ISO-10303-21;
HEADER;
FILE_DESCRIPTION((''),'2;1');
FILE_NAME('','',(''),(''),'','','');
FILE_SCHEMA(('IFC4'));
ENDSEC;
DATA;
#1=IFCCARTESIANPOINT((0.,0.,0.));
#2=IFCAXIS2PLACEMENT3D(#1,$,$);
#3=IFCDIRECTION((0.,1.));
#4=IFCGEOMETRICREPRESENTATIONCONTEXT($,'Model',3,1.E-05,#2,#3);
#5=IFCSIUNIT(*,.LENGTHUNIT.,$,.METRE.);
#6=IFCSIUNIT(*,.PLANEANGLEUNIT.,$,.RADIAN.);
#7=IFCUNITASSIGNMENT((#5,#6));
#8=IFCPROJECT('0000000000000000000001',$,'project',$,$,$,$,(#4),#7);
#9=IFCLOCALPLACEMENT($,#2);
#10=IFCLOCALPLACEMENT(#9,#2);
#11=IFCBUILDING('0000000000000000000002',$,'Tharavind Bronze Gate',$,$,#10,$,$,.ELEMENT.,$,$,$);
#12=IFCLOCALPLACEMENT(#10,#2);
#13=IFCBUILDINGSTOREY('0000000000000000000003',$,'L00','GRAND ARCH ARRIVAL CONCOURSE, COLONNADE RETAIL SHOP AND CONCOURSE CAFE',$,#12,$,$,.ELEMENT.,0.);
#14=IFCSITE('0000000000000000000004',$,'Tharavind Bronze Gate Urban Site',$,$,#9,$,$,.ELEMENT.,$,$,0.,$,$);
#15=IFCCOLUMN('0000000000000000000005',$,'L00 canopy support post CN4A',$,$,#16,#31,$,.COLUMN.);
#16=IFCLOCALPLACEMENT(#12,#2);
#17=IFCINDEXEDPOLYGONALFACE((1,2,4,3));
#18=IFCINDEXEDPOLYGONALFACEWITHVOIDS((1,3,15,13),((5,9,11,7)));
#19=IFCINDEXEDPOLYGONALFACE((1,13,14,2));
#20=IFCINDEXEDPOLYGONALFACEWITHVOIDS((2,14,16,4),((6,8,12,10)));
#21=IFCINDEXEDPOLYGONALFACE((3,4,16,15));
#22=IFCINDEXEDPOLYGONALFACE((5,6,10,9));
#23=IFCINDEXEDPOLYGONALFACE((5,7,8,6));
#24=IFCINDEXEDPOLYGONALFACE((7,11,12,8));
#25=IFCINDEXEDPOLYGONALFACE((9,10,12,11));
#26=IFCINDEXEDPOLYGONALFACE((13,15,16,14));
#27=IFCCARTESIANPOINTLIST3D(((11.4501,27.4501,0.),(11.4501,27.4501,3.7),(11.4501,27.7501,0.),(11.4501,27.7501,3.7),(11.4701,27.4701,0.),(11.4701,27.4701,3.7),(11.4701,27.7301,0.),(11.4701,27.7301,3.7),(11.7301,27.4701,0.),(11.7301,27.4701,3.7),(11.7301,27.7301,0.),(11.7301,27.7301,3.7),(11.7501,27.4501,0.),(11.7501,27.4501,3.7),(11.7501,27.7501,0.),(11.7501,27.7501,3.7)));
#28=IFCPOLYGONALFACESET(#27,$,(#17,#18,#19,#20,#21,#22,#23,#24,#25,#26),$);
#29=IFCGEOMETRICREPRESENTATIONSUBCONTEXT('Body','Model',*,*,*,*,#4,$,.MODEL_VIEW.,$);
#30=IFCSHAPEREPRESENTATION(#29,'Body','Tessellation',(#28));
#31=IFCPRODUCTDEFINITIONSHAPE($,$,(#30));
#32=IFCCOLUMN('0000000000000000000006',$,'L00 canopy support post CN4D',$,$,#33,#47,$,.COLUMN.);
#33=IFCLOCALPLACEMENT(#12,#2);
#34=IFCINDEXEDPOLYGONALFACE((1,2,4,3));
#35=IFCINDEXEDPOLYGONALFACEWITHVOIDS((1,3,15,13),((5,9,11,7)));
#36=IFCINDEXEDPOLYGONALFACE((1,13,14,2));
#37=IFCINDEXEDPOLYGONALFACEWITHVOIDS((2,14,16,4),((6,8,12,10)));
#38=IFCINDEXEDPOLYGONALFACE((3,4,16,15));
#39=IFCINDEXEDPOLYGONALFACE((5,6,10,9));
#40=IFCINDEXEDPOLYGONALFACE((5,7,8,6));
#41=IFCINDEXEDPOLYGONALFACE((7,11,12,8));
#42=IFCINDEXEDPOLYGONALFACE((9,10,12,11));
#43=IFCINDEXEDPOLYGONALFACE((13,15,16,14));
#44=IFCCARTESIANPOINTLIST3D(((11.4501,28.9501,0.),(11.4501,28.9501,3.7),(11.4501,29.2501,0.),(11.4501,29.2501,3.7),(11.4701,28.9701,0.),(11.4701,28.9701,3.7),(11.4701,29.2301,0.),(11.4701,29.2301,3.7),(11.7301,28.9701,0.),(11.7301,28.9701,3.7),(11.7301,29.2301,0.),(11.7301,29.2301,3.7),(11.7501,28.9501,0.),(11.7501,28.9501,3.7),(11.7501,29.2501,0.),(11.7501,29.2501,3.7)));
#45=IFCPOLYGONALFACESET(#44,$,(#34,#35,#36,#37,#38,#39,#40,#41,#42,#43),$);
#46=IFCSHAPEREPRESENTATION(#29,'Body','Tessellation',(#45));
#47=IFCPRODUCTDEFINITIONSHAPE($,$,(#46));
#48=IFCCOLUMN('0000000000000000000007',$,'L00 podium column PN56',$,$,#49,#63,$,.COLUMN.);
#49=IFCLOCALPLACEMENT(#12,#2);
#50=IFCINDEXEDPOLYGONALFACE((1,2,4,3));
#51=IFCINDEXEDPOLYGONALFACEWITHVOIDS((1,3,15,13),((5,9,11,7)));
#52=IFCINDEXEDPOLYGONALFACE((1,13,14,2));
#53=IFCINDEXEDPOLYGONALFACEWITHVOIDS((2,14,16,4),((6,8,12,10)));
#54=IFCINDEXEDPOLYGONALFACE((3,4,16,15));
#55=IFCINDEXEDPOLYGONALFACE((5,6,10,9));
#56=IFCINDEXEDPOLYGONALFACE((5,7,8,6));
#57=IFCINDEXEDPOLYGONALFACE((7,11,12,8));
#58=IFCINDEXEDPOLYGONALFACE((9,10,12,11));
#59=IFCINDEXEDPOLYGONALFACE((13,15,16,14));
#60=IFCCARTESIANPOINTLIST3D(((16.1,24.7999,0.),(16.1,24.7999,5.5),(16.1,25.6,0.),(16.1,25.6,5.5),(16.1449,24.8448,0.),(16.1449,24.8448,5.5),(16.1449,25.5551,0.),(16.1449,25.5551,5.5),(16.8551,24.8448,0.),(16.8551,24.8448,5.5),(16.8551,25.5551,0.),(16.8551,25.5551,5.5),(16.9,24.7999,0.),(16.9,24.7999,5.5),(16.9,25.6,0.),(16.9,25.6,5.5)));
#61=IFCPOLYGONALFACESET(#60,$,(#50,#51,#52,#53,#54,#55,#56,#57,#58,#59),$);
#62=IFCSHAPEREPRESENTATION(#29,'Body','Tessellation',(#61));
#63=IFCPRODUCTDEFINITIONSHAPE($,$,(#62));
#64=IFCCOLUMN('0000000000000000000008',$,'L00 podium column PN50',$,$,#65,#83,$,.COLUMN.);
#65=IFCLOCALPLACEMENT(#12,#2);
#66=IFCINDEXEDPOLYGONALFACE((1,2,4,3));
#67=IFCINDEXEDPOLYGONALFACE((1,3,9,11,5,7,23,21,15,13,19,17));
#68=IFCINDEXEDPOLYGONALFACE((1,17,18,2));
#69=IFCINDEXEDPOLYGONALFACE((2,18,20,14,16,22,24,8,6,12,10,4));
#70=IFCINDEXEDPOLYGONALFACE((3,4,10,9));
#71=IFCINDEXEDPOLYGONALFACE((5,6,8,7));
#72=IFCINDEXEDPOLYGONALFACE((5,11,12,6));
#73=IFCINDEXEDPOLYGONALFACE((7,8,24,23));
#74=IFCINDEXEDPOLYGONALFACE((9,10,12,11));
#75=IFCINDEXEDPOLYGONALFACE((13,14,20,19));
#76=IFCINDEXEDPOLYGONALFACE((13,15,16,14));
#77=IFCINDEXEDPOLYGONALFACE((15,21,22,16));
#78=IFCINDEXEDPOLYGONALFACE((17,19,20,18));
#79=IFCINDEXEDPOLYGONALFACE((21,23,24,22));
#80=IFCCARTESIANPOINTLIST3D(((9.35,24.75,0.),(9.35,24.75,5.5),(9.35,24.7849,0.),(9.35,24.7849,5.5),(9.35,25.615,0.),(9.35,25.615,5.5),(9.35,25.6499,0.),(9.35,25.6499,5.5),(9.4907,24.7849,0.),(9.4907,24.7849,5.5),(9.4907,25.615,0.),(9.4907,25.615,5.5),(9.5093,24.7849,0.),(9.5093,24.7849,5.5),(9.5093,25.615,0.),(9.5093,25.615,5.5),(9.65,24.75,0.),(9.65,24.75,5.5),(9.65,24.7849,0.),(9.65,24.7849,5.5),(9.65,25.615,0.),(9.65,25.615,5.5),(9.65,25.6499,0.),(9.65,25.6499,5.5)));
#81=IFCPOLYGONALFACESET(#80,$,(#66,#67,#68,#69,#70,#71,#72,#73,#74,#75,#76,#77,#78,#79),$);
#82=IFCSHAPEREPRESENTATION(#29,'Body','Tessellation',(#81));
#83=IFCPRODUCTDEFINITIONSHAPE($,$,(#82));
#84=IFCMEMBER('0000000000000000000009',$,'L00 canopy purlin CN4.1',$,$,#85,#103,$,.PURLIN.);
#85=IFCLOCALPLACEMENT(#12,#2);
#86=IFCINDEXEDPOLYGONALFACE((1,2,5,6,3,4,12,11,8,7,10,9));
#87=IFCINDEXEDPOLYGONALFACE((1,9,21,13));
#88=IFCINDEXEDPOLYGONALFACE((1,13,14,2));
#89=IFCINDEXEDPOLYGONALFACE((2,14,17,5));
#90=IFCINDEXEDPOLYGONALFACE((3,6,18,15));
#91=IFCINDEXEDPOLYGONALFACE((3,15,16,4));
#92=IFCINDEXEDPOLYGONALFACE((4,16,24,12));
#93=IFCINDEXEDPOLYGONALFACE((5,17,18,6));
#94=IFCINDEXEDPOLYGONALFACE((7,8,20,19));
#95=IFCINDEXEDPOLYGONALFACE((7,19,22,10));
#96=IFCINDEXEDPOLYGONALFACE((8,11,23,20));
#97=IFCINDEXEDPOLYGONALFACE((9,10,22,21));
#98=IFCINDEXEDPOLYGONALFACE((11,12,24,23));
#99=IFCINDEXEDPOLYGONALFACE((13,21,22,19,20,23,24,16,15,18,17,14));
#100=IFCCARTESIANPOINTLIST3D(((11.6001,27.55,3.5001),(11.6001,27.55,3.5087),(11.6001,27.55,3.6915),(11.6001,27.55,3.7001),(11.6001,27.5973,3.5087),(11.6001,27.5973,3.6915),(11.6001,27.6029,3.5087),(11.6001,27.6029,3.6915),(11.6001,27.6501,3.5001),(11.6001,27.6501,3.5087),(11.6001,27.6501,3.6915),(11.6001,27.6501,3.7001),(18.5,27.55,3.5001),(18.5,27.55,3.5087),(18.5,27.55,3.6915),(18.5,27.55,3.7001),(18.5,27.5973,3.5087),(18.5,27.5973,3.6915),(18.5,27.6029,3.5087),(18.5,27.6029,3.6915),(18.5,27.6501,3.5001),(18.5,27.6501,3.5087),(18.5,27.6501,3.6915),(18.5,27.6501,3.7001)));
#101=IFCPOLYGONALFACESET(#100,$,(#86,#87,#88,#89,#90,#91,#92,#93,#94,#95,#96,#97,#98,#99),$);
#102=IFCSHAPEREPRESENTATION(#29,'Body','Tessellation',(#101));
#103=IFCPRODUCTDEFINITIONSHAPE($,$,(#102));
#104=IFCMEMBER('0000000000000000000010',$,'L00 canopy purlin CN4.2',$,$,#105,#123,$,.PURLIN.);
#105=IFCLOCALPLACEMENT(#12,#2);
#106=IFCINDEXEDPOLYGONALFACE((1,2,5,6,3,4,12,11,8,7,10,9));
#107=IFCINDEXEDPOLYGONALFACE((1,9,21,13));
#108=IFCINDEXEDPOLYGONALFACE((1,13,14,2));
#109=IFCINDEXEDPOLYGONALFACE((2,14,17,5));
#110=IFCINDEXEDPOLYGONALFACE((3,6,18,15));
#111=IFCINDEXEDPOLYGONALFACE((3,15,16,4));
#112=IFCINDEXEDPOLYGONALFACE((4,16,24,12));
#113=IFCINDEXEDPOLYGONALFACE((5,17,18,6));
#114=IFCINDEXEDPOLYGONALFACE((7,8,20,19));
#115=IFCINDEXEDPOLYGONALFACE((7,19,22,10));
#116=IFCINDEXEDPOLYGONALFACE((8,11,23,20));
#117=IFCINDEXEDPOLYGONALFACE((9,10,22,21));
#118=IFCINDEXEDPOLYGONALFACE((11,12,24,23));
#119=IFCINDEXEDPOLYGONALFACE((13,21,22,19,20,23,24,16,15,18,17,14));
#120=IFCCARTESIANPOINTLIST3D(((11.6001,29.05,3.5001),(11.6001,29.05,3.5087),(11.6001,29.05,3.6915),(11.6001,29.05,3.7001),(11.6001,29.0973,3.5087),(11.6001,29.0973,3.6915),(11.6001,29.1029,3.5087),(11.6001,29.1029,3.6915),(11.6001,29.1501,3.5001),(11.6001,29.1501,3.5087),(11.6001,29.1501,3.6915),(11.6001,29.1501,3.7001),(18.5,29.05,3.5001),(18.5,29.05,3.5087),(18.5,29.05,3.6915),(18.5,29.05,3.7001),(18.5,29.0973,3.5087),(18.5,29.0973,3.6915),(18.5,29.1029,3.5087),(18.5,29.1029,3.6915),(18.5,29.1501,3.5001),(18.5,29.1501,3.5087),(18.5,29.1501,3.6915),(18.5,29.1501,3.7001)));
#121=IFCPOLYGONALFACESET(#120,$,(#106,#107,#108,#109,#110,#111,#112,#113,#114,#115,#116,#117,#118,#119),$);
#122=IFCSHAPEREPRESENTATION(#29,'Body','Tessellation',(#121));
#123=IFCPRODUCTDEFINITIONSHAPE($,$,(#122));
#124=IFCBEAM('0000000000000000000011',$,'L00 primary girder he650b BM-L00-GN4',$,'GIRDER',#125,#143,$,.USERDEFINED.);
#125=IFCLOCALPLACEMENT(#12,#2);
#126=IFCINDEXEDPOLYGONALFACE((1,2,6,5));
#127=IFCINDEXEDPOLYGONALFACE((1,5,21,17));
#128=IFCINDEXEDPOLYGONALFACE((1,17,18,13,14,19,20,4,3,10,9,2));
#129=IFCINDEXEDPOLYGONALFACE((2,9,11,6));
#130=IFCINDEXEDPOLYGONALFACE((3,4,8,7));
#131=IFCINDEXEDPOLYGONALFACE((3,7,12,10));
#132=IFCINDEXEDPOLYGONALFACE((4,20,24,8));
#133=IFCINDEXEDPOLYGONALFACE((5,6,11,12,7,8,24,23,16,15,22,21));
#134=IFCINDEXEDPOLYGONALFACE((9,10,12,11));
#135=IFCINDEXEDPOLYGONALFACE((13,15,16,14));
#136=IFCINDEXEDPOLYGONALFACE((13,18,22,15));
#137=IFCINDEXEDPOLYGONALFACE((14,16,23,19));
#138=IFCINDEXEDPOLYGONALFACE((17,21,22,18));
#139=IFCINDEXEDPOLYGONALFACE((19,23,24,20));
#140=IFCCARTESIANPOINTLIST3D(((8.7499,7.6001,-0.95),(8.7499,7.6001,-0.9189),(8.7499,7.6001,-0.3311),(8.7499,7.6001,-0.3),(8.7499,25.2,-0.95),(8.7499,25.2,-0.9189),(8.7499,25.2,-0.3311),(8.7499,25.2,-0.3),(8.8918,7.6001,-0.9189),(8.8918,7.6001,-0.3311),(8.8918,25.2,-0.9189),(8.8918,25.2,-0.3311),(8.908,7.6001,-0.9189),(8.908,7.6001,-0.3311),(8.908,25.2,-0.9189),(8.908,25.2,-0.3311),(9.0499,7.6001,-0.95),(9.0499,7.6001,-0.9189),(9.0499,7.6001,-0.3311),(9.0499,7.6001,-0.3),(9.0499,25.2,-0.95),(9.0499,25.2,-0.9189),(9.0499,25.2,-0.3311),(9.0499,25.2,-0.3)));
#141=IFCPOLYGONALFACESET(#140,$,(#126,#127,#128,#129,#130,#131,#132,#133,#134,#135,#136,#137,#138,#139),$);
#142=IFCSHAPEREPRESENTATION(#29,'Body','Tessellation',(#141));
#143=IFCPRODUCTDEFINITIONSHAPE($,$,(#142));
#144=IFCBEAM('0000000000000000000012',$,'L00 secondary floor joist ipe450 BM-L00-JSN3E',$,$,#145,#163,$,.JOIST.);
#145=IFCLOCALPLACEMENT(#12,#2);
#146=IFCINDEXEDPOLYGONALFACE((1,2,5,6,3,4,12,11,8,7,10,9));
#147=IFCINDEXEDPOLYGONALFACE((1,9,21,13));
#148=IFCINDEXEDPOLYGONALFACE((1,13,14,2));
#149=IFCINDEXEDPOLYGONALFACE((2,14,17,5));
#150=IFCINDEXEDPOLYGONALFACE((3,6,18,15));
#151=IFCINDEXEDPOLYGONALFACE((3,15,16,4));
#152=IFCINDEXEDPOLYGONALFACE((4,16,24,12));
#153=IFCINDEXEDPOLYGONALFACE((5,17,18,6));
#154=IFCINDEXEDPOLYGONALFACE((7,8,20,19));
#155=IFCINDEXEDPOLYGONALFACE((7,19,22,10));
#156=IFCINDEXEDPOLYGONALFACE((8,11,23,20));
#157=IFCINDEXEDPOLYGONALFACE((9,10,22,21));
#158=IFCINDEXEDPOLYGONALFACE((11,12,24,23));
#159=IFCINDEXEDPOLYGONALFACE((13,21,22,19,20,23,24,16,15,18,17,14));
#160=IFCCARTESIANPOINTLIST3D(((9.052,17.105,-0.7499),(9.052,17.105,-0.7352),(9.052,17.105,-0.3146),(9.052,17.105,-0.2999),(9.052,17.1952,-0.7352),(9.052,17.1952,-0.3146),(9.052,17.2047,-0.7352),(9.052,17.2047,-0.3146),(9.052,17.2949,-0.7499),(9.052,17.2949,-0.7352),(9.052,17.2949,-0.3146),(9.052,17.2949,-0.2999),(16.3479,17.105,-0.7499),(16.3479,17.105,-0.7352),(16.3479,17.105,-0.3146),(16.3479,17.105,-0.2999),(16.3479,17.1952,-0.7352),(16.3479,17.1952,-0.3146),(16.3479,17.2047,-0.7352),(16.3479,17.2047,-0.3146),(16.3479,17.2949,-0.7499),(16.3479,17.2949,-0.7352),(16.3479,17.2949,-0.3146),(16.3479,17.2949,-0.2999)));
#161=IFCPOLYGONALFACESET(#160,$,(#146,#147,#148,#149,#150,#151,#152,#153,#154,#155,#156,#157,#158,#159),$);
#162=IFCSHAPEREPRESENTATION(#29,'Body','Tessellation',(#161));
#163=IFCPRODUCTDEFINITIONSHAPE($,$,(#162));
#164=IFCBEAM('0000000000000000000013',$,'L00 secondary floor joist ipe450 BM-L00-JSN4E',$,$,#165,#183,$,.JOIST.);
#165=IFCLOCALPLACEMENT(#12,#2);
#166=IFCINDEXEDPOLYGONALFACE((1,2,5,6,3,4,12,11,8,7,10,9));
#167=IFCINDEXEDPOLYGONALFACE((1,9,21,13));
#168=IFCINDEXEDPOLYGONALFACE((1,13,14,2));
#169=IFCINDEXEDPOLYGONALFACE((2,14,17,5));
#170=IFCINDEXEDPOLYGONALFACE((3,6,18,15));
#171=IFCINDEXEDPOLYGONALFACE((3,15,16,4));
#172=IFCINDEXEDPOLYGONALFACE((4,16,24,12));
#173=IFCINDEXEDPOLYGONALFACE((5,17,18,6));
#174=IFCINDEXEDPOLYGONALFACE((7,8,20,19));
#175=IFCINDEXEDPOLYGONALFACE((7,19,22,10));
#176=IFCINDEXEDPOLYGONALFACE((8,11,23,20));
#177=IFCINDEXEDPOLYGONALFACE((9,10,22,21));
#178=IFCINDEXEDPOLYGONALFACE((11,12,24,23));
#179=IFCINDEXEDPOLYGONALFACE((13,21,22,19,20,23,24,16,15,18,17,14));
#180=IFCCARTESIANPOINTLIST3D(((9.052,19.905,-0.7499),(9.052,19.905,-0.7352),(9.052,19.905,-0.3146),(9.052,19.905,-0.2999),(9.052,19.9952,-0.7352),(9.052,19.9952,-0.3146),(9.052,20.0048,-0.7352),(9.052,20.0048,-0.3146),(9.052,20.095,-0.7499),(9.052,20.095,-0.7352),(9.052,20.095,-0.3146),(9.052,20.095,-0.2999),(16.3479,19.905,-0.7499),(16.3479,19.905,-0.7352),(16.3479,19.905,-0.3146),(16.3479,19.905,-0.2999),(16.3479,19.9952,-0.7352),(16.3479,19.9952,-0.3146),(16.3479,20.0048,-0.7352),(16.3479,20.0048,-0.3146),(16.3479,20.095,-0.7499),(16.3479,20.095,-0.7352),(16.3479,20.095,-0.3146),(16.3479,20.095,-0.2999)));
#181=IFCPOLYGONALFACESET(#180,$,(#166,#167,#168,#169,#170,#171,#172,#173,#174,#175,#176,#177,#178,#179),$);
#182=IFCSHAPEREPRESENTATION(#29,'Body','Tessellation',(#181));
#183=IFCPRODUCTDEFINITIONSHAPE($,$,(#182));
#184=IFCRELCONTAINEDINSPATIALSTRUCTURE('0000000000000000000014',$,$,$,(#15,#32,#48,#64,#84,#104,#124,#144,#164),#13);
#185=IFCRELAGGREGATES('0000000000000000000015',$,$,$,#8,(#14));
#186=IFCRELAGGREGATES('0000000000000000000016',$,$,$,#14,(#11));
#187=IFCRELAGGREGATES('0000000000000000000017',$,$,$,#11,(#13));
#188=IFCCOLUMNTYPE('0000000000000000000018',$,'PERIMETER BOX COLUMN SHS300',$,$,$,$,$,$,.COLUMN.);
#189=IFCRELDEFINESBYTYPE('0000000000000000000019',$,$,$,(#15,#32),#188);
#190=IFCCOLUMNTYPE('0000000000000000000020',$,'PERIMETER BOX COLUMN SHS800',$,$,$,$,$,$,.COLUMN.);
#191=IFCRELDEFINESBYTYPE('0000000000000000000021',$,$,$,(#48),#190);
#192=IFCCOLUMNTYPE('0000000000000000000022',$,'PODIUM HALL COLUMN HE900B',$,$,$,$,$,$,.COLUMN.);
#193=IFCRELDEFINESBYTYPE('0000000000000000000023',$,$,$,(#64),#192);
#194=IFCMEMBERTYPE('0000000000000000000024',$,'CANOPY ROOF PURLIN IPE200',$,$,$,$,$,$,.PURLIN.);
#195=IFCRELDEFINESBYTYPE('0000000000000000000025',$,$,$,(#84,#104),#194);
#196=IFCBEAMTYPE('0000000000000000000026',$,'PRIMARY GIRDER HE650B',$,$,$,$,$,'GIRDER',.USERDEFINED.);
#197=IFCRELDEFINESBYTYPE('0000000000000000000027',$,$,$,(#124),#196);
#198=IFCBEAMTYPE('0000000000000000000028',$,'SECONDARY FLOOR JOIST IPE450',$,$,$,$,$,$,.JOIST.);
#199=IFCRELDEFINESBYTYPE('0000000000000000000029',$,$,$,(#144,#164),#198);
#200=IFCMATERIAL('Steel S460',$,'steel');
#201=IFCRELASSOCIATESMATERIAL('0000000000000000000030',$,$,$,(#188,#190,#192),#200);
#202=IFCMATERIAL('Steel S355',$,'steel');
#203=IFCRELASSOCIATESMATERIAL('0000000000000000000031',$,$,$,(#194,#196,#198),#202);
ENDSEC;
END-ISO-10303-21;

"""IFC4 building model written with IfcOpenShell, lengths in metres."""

from ifc_helpers import new_model, si_unit, direction, frame, origin, origin_2d, place, context, subcontext, project, spatial, hollow_rectangle, i_section, extrude, material, material_profile, profile_set, type_object, element, save


model = new_model("IFC4")

# Units and contexts
model_context = context("Model", 3, precision=1e-05, world=origin(), true_north=direction((0.0, 1.0)))
body_context = subcontext(model_context, "Body", "Model", "MODEL_VIEW")
ifc_project = project(units=[si_unit("LENGTHUNIT", "METRE"), si_unit("PLANEANGLEUNIT", "RADIAN")], contexts=[model_context])

# Site, building, storey
site_placement = place(None, origin())
site = spatial("IfcSite", under=ifc_project, at=site_placement, Name="Tharavind Bronze Gate Urban Site", CompositionType="ELEMENT", RefElevation=0.0)
building_placement = place(site_placement, origin())
building = spatial("IfcBuilding", under=site, at=building_placement, Name="Tharavind Bronze Gate", CompositionType="ELEMENT")
storey_placement = place(building_placement, origin())
storey = spatial("IfcBuildingStorey", under=building, at=storey_placement, Name="L00", Description="GRAND ARCH ARRIVAL CONCOURSE, COLONNADE RETAIL SHOP AND CONCOURSE CAFE", CompositionType="ELEMENT", Elevation=0.0)

# Columns
ifc_material_1 = material(Name="Steel S460", Category="steel")
ifc_material_profile_1 = material_profile(ifc_material_1, hollow_rectangle(XDim=0.3, YDim=0.3, WallThickness=0.02, at=origin_2d()), Name="SHS300X20")
ifc_profile_set_1 = profile_set([ifc_material_profile_1], Name="Steel S460")
column_type_1 = type_object("IfcColumnType", Name="PERIMETER BOX COLUMN SHS300", PredefinedType="COLUMN", material=ifc_profile_set_1)
for number, where, z_axis, x_axis, name in (
    (1, (11.6001, 27.6001, 0.0), (0.0, 0.0, 1.0), (1.0, 0.0, 0.0), "L00 canopy support post CN4A"),
    (2, (11.6001, 29.1001, 0.0), (0.0, 0.0, 1.0), (1.0, 0.0, 0.0), "L00 canopy support post CN4D"),
):
    element("IfcColumn", number, at=place(storey_placement, frame(where, z_axis=z_axis, x_axis=x_axis)), inside=storey, type_object=column_type_1, Name=name, PredefinedType="COLUMN", context=body_context, shape_type="SweptSolid", body=[
        extrude(hollow_rectangle(XDim=0.3, YDim=0.3, WallThickness=0.02, at=origin_2d()), origin(), (0.0, 0.0, 1.0), 3.7),
    ])
ifc_material_profile_2 = material_profile(ifc_material_1, hollow_rectangle(XDim=0.8, YDim=0.8, WallThickness=0.0449, at=origin_2d()), Name="SHS800X45")
ifc_profile_set_2 = profile_set([ifc_material_profile_2], Name="Steel S460")
column_type_2 = type_object("IfcColumnType", Name="PERIMETER BOX COLUMN SHS800", PredefinedType="COLUMN", material=ifc_profile_set_2)
column_1_placement = place(storey_placement, frame((16.5, 25.2, 0.0), z_axis=(0.0, 0.0, 1.0), x_axis=(1.0, 0.0, 0.0)))
element("IfcColumn", 3, at=column_1_placement, inside=storey, type_object=column_type_2, Name="L00 podium column PN56", PredefinedType="COLUMN", context=body_context, shape_type="SweptSolid", body=[
    extrude(hollow_rectangle(XDim=0.8, YDim=0.8, WallThickness=0.0449, at=origin_2d()), origin(), (0.0, 0.0, 1.0), 5.5),
])
ifc_material_profile_3 = material_profile(ifc_material_1, i_section(OverallWidth=0.3, OverallDepth=0.8999, WebThickness=0.0186, FlangeThickness=0.0349, at=origin_2d()), Name="HE900B")
ifc_profile_set_3 = profile_set([ifc_material_profile_3], Name="Steel S460")
column_type_3 = type_object("IfcColumnType", Name="PODIUM HALL COLUMN HE900B", PredefinedType="COLUMN", material=ifc_profile_set_3)
column_2_placement = place(storey_placement, frame((9.5, 25.2, 0.0), z_axis=(0.0, 0.0, 1.0), x_axis=(1.0, 0.0, 0.0)))
element("IfcColumn", 4, at=column_2_placement, inside=storey, type_object=column_type_3, Name="L00 podium column PN50", PredefinedType="COLUMN", context=body_context, shape_type="SweptSolid", body=[
    extrude(i_section(OverallWidth=0.3, OverallDepth=0.8999, WebThickness=0.0186, FlangeThickness=0.0349, at=origin_2d()), origin(), (0.0, 0.0, 1.0), 5.5),
])

# Members
ifc_material_2 = material(Name="Steel S355", Category="steel")
ifc_material_profile_4 = material_profile(ifc_material_2, i_section(OverallWidth=0.1001, OverallDepth=0.2, WebThickness=0.0056, FlangeThickness=0.0085, at=origin_2d()), Name="IPE200")
ifc_profile_set_4 = profile_set([ifc_material_profile_4], Name="Steel S355")
member_type = type_object("IfcMemberType", Name="CANOPY ROOF PURLIN IPE200", PredefinedType="PURLIN", material=ifc_profile_set_4)
for number, where, z_axis, x_axis, name in (
    (5, (11.6001, 27.6001, 3.6001), (1.0, 0.0, 0.0), (0.0, 1.0, 0.0), "L00 canopy purlin CN4.1"),
    (6, (11.6001, 29.1001, 3.6001), (1.0, 0.0, 0.0), (0.0, 1.0, 0.0), "L00 canopy purlin CN4.2"),
):
    element("IfcMember", number, at=place(storey_placement, frame(where, z_axis=z_axis, x_axis=x_axis)), inside=storey, type_object=member_type, Name=name, PredefinedType="PURLIN", context=body_context, shape_type="SweptSolid", body=[
        extrude(i_section(OverallWidth=0.1001, OverallDepth=0.2, WebThickness=0.0056, FlangeThickness=0.0085, at=origin_2d()), origin(), (0.0, 0.0, 1.0), 6.8999),
    ])

# Beams
ifc_material_profile_5 = material_profile(ifc_material_2, i_section(OverallWidth=0.3, OverallDepth=0.6499, WebThickness=0.0161, FlangeThickness=0.031, at=origin_2d()), Name="HE650B")
ifc_profile_set_5 = profile_set([ifc_material_profile_5], Name="Steel S355")
beam_type_1 = type_object("IfcBeamType", Name="PRIMARY GIRDER HE650B", ElementType="GIRDER", PredefinedType="USERDEFINED", material=ifc_profile_set_5)
beam_1_placement = place(storey_placement, frame((8.8999, 25.2, -0.625), z_axis=(0.0, -1.0, 0.0), x_axis=(1.0, 0.0, 0.0)))
element("IfcBeam", 7, at=beam_1_placement, inside=storey, type_object=beam_type_1, Name="L00 primary girder he650b BM-L00-GN4", ObjectType="GIRDER", PredefinedType="USERDEFINED", context=body_context, shape_type="SweptSolid", body=[
    extrude(i_section(OverallWidth=0.3, OverallDepth=0.6499, WebThickness=0.0161, FlangeThickness=0.031, at=origin_2d()), origin(), (0.0, 0.0, 1.0), 17.5999),
])
ifc_material_profile_6 = material_profile(ifc_material_2, i_section(OverallWidth=0.1899, OverallDepth=0.45, WebThickness=0.0095, FlangeThickness=0.0146, at=origin_2d()), Name="IPE450")
ifc_profile_set_6 = profile_set([ifc_material_profile_6], Name="Steel S355")
beam_type_2 = type_object("IfcBeamType", Name="SECONDARY FLOOR JOIST IPE450", PredefinedType="JOIST", material=ifc_profile_set_6)
for number, where, z_axis, x_axis, name in (
    (8, (9.052, 17.2, -0.5249), (1.0, 0.0, 0.0), (0.0, 1.0, 0.0), "L00 secondary floor joist ipe450 BM-L00-JSN3E"),
    (9, (9.052, 20.0, -0.5249), (1.0, 0.0, 0.0), (0.0, 1.0, 0.0), "L00 secondary floor joist ipe450 BM-L00-JSN4E"),
):
    element("IfcBeam", number, at=place(storey_placement, frame(where, z_axis=z_axis, x_axis=x_axis)), inside=storey, type_object=beam_type_2, Name=name, PredefinedType="JOIST", context=body_context, shape_type="SweptSolid", body=[
        extrude(i_section(OverallWidth=0.1899, OverallDepth=0.45, WebThickness=0.0095, FlangeThickness=0.0146, at=origin_2d()), origin(), (0.0, 0.0, 1.0), 7.2959),
    ])

save(model, "model.ifc")
